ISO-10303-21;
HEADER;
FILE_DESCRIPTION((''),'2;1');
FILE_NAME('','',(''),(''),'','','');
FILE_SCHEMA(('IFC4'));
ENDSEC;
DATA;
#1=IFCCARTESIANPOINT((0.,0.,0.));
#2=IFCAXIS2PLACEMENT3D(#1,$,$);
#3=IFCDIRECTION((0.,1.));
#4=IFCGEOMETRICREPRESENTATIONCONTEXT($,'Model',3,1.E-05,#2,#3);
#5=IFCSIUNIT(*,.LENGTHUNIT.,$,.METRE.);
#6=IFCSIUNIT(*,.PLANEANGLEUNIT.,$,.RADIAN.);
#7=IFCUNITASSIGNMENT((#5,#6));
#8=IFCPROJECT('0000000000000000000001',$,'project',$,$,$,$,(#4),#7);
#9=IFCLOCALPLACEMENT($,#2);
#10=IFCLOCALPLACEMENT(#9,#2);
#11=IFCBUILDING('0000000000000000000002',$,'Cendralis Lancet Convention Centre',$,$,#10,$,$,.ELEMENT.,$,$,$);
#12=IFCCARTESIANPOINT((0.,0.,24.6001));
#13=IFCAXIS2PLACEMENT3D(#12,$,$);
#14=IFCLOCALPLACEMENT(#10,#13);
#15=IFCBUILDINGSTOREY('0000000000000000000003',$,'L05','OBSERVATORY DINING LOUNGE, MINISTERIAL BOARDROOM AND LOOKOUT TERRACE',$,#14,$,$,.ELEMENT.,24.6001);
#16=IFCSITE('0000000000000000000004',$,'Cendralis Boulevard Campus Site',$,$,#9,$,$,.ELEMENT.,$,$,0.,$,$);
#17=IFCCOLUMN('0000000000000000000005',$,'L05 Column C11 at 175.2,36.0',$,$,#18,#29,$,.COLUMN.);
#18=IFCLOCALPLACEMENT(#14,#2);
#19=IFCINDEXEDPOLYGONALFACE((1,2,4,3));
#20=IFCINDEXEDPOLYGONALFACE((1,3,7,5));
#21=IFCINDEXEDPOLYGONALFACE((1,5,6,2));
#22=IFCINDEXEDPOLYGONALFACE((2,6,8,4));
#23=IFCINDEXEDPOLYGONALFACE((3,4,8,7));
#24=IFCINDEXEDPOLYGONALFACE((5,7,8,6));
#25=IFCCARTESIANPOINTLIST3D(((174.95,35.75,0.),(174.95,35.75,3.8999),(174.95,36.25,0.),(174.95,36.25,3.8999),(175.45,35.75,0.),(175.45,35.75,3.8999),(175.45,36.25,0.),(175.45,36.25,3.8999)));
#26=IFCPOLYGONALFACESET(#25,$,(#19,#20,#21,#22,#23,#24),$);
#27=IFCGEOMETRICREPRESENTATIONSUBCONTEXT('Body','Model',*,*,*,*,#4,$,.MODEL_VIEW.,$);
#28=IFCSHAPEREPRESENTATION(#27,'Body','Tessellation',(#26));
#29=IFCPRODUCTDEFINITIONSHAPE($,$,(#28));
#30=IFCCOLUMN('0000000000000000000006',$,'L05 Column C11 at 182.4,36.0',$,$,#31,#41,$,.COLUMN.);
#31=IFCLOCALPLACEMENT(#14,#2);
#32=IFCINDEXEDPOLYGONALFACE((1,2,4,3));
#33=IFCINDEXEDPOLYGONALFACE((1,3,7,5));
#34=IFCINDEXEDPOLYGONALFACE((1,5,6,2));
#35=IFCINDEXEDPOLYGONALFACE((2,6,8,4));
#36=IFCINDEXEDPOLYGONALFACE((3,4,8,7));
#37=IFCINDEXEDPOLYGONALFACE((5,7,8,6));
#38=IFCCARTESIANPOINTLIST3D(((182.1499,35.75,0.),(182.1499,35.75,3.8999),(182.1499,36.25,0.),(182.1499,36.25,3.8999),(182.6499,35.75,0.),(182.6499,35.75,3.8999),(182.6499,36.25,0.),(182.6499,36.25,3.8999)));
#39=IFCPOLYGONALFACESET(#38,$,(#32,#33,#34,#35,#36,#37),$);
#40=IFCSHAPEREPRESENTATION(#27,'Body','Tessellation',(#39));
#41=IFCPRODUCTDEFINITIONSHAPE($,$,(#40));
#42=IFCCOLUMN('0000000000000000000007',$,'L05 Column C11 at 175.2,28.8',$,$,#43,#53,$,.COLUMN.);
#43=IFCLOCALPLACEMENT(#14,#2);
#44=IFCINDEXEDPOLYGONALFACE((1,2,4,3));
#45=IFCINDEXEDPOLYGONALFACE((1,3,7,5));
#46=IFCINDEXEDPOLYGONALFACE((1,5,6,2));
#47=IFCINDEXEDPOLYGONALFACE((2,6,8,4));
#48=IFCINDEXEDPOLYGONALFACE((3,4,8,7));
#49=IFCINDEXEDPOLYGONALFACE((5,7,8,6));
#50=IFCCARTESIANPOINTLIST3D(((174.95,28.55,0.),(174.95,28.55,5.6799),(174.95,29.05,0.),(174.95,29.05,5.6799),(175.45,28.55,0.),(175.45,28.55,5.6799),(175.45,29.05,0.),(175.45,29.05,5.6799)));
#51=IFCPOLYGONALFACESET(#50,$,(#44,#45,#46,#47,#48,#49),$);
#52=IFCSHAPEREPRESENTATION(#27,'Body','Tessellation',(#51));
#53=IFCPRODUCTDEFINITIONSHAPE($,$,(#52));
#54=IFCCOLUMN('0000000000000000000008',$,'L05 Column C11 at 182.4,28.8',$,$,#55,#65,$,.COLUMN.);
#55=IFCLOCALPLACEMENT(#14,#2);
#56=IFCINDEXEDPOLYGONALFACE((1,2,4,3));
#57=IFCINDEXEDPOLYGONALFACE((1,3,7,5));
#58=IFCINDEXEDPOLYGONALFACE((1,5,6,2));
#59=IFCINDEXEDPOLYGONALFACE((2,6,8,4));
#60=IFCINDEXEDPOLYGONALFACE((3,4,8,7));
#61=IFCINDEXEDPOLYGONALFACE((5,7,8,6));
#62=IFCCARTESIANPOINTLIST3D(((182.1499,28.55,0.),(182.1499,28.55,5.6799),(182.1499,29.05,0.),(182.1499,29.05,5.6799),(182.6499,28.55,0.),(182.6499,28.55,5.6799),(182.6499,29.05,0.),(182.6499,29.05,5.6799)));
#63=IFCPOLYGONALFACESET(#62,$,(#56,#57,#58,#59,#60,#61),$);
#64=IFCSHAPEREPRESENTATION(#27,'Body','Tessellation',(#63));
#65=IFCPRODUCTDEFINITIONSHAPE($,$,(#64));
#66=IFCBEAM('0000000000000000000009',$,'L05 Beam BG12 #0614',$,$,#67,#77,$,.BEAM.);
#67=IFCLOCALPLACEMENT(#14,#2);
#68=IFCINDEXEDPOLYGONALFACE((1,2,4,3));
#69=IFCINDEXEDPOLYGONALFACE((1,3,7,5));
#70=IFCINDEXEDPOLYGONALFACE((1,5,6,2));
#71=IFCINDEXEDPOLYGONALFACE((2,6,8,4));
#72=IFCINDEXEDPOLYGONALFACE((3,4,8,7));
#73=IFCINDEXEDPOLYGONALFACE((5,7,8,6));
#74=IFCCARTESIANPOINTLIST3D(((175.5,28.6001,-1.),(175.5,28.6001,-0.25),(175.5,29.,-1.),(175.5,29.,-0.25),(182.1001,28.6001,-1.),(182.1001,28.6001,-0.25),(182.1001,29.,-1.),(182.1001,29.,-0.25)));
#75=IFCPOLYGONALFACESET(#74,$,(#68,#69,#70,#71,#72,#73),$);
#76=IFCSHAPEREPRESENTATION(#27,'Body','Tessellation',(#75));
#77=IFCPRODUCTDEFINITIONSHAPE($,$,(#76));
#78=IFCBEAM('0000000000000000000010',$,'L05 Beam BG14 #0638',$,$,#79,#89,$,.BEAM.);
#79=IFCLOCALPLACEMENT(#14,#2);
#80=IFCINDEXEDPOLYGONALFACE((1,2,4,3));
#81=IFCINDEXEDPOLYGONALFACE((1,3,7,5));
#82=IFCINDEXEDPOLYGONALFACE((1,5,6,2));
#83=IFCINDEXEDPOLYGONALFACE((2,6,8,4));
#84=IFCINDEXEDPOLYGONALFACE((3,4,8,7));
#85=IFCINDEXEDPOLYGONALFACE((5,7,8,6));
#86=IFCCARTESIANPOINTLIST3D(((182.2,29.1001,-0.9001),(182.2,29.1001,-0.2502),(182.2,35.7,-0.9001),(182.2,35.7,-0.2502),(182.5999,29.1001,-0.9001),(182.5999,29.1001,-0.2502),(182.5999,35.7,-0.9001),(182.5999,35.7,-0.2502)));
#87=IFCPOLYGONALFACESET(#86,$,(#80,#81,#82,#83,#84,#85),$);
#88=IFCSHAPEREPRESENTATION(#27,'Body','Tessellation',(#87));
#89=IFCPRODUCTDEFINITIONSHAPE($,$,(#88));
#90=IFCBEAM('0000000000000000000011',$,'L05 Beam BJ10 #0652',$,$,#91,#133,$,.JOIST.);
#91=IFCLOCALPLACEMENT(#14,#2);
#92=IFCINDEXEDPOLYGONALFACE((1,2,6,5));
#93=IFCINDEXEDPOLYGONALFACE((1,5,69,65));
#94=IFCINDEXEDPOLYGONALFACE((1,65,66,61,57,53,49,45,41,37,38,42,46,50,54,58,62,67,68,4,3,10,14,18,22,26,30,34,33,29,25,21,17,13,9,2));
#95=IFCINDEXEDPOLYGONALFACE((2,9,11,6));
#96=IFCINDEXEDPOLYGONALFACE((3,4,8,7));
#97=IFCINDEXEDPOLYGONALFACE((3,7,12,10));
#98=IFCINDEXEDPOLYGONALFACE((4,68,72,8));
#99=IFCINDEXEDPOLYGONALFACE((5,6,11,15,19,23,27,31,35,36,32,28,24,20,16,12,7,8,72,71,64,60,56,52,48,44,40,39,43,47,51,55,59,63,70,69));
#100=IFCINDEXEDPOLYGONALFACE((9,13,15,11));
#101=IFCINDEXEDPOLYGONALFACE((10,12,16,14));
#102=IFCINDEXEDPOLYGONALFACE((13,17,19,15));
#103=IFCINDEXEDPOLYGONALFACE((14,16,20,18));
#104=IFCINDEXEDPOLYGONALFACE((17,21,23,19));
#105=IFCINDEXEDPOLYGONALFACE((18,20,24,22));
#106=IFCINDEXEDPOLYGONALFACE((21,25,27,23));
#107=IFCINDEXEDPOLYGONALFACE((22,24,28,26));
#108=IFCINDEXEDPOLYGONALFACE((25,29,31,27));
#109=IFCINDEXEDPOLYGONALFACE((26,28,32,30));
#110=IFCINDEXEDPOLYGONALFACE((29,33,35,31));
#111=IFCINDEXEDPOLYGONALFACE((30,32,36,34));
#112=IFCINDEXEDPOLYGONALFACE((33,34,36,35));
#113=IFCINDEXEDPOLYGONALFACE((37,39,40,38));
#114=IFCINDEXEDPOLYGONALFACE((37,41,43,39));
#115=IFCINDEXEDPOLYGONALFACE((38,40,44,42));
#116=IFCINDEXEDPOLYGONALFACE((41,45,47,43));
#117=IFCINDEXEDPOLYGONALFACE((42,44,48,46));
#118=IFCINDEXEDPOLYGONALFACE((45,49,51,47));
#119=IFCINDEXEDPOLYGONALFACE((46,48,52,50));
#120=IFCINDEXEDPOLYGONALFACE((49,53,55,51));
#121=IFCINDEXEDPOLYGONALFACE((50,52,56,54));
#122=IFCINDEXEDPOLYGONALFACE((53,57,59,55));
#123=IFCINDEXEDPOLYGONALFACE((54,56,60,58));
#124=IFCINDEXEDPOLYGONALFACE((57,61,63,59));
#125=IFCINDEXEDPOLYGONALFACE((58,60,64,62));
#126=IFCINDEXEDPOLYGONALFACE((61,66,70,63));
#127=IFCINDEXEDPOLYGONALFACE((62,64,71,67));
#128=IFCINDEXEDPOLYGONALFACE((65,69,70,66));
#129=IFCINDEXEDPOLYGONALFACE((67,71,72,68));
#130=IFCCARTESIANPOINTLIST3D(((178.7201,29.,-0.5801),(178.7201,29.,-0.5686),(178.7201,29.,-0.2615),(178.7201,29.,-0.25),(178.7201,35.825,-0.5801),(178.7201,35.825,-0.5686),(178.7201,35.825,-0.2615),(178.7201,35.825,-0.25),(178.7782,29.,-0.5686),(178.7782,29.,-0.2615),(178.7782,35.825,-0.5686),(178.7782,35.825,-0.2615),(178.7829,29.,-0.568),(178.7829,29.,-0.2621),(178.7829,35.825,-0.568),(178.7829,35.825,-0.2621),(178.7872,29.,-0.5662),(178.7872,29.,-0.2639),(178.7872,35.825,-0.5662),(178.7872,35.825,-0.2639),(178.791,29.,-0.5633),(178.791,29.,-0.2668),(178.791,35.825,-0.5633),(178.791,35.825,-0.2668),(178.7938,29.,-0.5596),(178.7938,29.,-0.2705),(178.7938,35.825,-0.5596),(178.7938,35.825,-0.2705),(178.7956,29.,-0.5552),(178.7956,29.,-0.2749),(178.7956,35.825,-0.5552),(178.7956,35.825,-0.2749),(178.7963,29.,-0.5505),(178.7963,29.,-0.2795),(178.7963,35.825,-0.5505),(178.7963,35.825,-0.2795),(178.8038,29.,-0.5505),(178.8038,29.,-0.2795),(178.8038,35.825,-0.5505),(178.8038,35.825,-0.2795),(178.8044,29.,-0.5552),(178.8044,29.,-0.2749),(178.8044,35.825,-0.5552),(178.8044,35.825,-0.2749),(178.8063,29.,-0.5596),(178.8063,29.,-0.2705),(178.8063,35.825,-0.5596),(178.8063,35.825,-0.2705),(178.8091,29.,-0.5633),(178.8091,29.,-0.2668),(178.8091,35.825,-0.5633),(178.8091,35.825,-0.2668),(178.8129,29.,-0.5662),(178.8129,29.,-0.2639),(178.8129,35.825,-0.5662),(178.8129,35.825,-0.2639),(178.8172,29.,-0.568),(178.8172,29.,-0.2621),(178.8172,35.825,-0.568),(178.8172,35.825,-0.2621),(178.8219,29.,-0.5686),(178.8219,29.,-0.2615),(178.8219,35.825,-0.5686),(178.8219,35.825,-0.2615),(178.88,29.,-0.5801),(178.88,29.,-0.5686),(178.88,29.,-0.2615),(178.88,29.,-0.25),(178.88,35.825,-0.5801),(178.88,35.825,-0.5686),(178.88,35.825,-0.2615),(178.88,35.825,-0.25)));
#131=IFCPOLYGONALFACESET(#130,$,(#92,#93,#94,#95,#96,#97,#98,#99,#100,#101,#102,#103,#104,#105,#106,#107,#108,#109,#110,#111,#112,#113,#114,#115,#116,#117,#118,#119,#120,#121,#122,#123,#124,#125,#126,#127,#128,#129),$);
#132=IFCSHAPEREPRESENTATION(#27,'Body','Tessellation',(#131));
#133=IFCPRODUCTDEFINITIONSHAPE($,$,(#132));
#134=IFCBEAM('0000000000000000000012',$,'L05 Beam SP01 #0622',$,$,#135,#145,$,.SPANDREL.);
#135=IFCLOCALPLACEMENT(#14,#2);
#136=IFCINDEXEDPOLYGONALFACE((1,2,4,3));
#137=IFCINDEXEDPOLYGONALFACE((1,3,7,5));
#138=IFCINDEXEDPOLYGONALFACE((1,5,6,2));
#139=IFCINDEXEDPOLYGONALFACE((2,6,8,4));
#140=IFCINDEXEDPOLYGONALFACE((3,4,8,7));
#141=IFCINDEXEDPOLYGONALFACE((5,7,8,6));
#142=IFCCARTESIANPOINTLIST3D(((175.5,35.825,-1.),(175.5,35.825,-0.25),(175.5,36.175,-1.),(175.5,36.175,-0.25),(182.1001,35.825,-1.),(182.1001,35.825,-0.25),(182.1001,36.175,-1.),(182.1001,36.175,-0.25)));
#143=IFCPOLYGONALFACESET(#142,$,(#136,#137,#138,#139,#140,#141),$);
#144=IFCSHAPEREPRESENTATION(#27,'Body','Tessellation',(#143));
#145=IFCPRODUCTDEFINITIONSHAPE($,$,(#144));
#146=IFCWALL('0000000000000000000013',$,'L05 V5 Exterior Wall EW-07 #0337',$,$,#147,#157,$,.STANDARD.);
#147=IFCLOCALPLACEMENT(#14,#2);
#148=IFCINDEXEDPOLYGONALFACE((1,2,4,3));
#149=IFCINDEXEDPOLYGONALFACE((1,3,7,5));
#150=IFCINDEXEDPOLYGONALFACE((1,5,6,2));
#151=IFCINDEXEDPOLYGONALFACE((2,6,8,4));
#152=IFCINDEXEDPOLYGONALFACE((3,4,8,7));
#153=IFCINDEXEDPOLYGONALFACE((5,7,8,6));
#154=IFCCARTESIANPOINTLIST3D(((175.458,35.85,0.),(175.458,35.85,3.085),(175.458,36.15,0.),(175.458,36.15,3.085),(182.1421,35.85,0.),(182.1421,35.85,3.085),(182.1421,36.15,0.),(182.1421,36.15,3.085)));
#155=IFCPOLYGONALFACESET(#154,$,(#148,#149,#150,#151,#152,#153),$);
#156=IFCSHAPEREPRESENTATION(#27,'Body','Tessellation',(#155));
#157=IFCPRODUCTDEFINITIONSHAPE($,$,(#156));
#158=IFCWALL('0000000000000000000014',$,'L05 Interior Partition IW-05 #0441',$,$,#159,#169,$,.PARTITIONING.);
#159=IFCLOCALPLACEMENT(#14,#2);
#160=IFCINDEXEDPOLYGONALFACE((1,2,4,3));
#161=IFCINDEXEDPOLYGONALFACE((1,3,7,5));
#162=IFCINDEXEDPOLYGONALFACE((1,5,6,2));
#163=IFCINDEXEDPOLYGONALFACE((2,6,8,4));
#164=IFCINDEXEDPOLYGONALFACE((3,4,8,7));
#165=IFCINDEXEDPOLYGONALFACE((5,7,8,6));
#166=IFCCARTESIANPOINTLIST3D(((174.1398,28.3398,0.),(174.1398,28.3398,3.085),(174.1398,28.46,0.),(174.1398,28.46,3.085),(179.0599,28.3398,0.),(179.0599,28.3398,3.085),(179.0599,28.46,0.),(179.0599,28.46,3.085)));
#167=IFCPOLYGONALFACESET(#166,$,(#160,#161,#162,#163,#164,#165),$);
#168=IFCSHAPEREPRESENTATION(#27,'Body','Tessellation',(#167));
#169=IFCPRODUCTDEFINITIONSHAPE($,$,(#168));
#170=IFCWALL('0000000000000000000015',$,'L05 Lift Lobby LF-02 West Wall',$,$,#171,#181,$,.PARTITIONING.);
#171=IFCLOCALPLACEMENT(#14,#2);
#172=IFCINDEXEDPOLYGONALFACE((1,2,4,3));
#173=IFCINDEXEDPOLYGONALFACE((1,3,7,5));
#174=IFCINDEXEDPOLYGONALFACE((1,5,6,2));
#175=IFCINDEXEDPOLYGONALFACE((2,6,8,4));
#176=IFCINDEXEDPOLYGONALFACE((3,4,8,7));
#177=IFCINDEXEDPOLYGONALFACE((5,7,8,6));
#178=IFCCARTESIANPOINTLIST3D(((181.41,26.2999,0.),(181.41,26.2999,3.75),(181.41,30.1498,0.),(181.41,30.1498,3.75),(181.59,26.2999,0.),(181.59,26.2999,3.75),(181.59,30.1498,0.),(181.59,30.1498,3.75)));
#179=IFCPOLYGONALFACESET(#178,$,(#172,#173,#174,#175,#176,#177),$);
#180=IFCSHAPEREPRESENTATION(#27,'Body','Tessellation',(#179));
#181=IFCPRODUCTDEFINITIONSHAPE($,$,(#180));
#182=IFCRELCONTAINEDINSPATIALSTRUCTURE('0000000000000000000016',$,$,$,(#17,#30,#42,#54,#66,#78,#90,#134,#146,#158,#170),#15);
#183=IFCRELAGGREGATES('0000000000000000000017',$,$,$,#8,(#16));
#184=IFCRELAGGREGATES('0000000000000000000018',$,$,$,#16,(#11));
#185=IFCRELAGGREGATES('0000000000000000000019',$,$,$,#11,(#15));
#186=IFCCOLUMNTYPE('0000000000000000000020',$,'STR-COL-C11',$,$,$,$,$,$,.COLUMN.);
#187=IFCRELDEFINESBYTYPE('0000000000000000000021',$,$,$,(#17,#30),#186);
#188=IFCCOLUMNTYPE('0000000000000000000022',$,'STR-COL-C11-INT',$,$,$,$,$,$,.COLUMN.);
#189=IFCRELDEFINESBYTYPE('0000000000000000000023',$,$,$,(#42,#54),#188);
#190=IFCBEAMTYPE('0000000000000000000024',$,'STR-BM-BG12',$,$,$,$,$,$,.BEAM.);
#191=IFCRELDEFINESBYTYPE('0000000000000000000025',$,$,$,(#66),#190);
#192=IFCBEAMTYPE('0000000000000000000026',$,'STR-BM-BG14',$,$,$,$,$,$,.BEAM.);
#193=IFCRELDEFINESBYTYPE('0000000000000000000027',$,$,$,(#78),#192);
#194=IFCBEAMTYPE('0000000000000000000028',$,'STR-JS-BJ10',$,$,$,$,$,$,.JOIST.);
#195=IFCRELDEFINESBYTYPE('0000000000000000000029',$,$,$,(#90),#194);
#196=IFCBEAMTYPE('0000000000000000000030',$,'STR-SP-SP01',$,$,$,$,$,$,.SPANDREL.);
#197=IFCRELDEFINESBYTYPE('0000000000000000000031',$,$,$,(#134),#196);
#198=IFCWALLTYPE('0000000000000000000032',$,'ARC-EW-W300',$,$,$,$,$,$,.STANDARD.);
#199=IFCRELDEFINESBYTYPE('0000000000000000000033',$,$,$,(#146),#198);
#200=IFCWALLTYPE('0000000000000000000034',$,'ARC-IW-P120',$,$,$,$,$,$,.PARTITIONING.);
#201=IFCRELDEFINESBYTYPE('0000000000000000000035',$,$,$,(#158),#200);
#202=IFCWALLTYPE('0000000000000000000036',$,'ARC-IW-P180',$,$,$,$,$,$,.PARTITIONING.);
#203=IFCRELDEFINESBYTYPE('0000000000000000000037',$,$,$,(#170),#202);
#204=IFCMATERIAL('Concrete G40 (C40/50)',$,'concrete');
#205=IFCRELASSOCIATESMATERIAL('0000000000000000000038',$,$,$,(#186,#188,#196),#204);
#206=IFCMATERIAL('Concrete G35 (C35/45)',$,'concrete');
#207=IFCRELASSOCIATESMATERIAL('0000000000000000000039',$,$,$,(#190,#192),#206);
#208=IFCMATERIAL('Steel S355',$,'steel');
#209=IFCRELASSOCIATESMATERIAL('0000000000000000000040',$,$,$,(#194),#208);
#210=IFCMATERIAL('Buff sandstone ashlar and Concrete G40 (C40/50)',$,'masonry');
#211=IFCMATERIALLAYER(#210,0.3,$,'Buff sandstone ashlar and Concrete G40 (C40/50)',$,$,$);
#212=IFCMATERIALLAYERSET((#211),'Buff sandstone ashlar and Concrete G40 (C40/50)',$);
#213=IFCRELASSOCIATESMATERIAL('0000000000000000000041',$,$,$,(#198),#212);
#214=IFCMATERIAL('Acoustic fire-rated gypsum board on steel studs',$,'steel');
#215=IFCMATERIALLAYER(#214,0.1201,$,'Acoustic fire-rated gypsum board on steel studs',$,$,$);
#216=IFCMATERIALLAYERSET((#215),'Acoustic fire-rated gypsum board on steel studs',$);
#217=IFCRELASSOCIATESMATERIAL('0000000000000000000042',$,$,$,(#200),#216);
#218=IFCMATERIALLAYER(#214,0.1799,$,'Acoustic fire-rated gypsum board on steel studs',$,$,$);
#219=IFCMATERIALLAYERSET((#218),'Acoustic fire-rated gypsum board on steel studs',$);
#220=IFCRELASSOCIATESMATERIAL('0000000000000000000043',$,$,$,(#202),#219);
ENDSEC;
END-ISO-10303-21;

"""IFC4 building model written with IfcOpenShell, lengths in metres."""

from ifc_helpers import new_model, si_unit, direction, frame, frame_2d, origin, origin_2d, place, context, subcontext, project, spatial, rectangle, i_section, extrude, material, layer, layer_set, material_profile, profile_set, type_object, element, save


model = new_model("IFC4")

# Units and contexts
model_context = context("Model", 3, precision=1e-05, world=origin(), true_north=direction((0.0, 1.0)))
body_context = subcontext(model_context, "Body", "Model", "MODEL_VIEW")
ifc_project = project(units=[si_unit("LENGTHUNIT", "METRE"), si_unit("PLANEANGLEUNIT", "RADIAN")], contexts=[model_context])

# Site, building, storey
site_placement = place(None, origin())
site = spatial("IfcSite", under=ifc_project, at=site_placement, Name="Cendralis Boulevard Campus Site", CompositionType="ELEMENT", RefElevation=0.0)
building_placement = place(site_placement, origin())
building = spatial("IfcBuilding", under=site, at=building_placement, Name="Cendralis Lancet Convention Centre", CompositionType="ELEMENT")
storey_placement = place(building_placement, frame((0.0, 0.0, 24.6001)))
storey = spatial("IfcBuildingStorey", under=building, at=storey_placement, Name="L05", Description="OBSERVATORY DINING LOUNGE, MINISTERIAL BOARDROOM AND LOOKOUT TERRACE", CompositionType="ELEMENT", Elevation=24.6001)

# Columns
ifc_material_1 = material(Name="Concrete G40 (C40/50)", Category="concrete")
ifc_material_profile_1 = material_profile(ifc_material_1, rectangle(XDim=0.5, YDim=0.5, at=origin_2d()), Name="RC 500x500")
ifc_profile_set_1 = profile_set([ifc_material_profile_1], Name="Concrete G40 (C40/50)")
column_type_1 = type_object("IfcColumnType", Name="STR-COL-C11", PredefinedType="COLUMN", material=ifc_profile_set_1)
for number, where, z_axis, x_axis, name in (
    (1, (175.2, 36.0, 0.0), (0.0, 0.0, 1.0), (1.0, 0.0, 0.0), "L05 Column C11 at 175.2,36.0"),
    (2, (182.3999, 36.0, 0.0), (0.0, 0.0, 1.0), (1.0, 0.0, 0.0), "L05 Column C11 at 182.4,36.0"),
):
    element("IfcColumn", number, at=place(storey_placement, frame(where, z_axis=z_axis, x_axis=x_axis)), inside=storey, type_object=column_type_1, Name=name, PredefinedType="COLUMN", context=body_context, shape_type="SweptSolid", body=[
        extrude(rectangle(XDim=0.5, YDim=0.5, at=origin_2d()), origin(), (0.0, 0.0, 1.0), 3.8999),
    ])
ifc_material_profile_2 = material_profile(ifc_material_1, rectangle(XDim=0.5, YDim=0.5, at=origin_2d()), Name="RC 500x500")
ifc_profile_set_2 = profile_set([ifc_material_profile_2], Name="Concrete G40 (C40/50)")
column_type_2 = type_object("IfcColumnType", Name="STR-COL-C11-INT", PredefinedType="COLUMN", material=ifc_profile_set_2)
for number, where, z_axis, x_axis, name in (
    (3, (175.2, 28.8, 0.0), (0.0, 0.0, 1.0), (1.0, 0.0, 0.0), "L05 Column C11 at 175.2,28.8"),
    (4, (182.3999, 28.8, 0.0), (0.0, 0.0, 1.0), (1.0, 0.0, 0.0), "L05 Column C11 at 182.4,28.8"),
):
    element("IfcColumn", number, at=place(storey_placement, frame(where, z_axis=z_axis, x_axis=x_axis)), inside=storey, type_object=column_type_2, Name=name, PredefinedType="COLUMN", context=body_context, shape_type="SweptSolid", body=[
        extrude(rectangle(XDim=0.5, YDim=0.5, at=origin_2d()), origin(), (0.0, 0.0, 1.0), 5.6799),
    ])

# Beams
ifc_material_2 = material(Name="Concrete G35 (C35/45)", Category="concrete")
ifc_material_profile_3 = material_profile(ifc_material_2, rectangle(XDim=0.3999, YDim=0.75, at=origin_2d()), Name="RCB 400x750")
ifc_profile_set_3 = profile_set([ifc_material_profile_3], Name="Concrete G35 (C35/45)")
beam_type_1 = type_object("IfcBeamType", Name="STR-BM-BG12", PredefinedType="BEAM", material=ifc_profile_set_3)
beam_1_placement = place(storey_placement, frame((175.5, 28.8, -0.625), z_axis=(1.0, 0.0, 0.0), x_axis=(0.0, 1.0, 0.0)))
element("IfcBeam", 5, at=beam_1_placement, inside=storey, type_object=beam_type_1, Name="L05 Beam BG12 #0614", PredefinedType="BEAM", context=body_context, shape_type="SweptSolid", body=[
    extrude(rectangle(XDim=0.3999, YDim=0.75, at=origin_2d()), origin(), (0.0, 0.0, 1.0), 6.6001),
])
ifc_material_profile_4 = material_profile(ifc_material_2, rectangle(XDim=0.3999, YDim=0.6499, at=origin_2d()), Name="RCB 400x650")
ifc_profile_set_4 = profile_set([ifc_material_profile_4], Name="Concrete G35 (C35/45)")
beam_type_2 = type_object("IfcBeamType", Name="STR-BM-BG14", PredefinedType="BEAM", material=ifc_profile_set_4)
beam_2_placement = place(storey_placement, frame((182.3999, 29.1001, -0.5752), z_axis=(0.0, 1.0, 0.0), x_axis=(-1.0, 0.0, 0.0)))
element("IfcBeam", 6, at=beam_2_placement, inside=storey, type_object=beam_type_2, Name="L05 Beam BG14 #0638", PredefinedType="BEAM", context=body_context, shape_type="SweptSolid", body=[
    extrude(rectangle(XDim=0.3999, YDim=0.6499, at=origin_2d()), origin(), (0.0, 0.0, 1.0), 6.5999),
])
ifc_material_3 = material(Name="Steel S355", Category="steel")
ifc_material_profile_5 = material_profile(ifc_material_3, i_section(OverallWidth=0.1599, OverallDepth=0.3301, WebThickness=0.0076, FlangeThickness=0.0115, FilletRadius=0.0181, at=origin_2d()), Name="IPE 330")
ifc_profile_set_5 = profile_set([ifc_material_profile_5], Name="Steel S355")
beam_type_3 = type_object("IfcBeamType", Name="STR-JS-BJ10", PredefinedType="JOIST", material=ifc_profile_set_5)
beam_3_placement = place(storey_placement, frame((178.8, 29.0, -0.415), z_axis=(0.0, 1.0, 0.0), x_axis=(-1.0, 0.0, 0.0)))
element("IfcBeam", 7, at=beam_3_placement, inside=storey, type_object=beam_type_3, Name="L05 Beam BJ10 #0652", PredefinedType="JOIST", context=body_context, shape_type="SweptSolid", body=[
    extrude(i_section(OverallWidth=0.1599, OverallDepth=0.3301, WebThickness=0.0076, FlangeThickness=0.0115, FilletRadius=0.0181, at=origin_2d()), origin(), (0.0, 0.0, 1.0), 6.825),
])
ifc_material_profile_6 = material_profile(ifc_material_1, rectangle(XDim=0.3501, YDim=0.75, at=origin_2d()), Name="RCB 350x750")
ifc_profile_set_6 = profile_set([ifc_material_profile_6], Name="Concrete G40 (C40/50)")
beam_type_4 = type_object("IfcBeamType", Name="STR-SP-SP01", PredefinedType="SPANDREL", material=ifc_profile_set_6)
beam_4_placement = place(storey_placement, frame((175.5, 36.0, -0.625), z_axis=(1.0, 0.0, 0.0), x_axis=(0.0, 1.0, 0.0)))
element("IfcBeam", 8, at=beam_4_placement, inside=storey, type_object=beam_type_4, Name="L05 Beam SP01 #0622", PredefinedType="SPANDREL", context=body_context, shape_type="SweptSolid", body=[
    extrude(rectangle(XDim=0.3501, YDim=0.75, at=origin_2d()), origin(), (0.0, 0.0, 1.0), 6.6001),
])

# Walls
ifc_material_4 = material(Name="Buff sandstone ashlar and Concrete G40 (C40/50)", Category="masonry")
ifc_layer_1 = layer(ifc_material_4, 0.3, Name="Buff sandstone ashlar and Concrete G40 (C40/50)")
ifc_layer_set_1 = layer_set([ifc_layer_1], Name="Buff sandstone ashlar and Concrete G40 (C40/50)")
wall_type_1 = type_object("IfcWallType", Name="ARC-EW-W300", PredefinedType="STANDARD", material=ifc_layer_set_1)
wall_1_placement = place(storey_placement, frame((175.458, 36.0, 0.0), z_axis=(0.0, 0.0, 1.0), x_axis=(1.0, 0.0, 0.0)))
element("IfcWall", 9, at=wall_1_placement, inside=storey, type_object=wall_type_1, Name="L05 V5 Exterior Wall EW-07 #0337", PredefinedType="STANDARD", context=body_context, shape_type="SweptSolid", body=[
    extrude(rectangle(XDim=6.6841, YDim=0.3, at=frame_2d((3.342, 0.0))), origin(), (0.0, 0.0, 1.0), 3.085),
])
ifc_material_5 = material(Name="Acoustic fire-rated gypsum board on steel studs", Category="steel")
ifc_layer_2 = layer(ifc_material_5, 0.1201, Name="Acoustic fire-rated gypsum board on steel studs")
ifc_layer_set_2 = layer_set([ifc_layer_2], Name="Acoustic fire-rated gypsum board on steel studs")
wall_type_2 = type_object("IfcWallType", Name="ARC-IW-P120", PredefinedType="PARTITIONING", material=ifc_layer_set_2)
wall_2_placement = place(storey_placement, frame((174.1399, 28.3999, 0.0), z_axis=(0.0, 0.0, 1.0), x_axis=(1.0, 0.0, 0.0)))
element("IfcWall", 10, at=wall_2_placement, inside=storey, type_object=wall_type_2, Name="L05 Interior Partition IW-05 #0441", PredefinedType="PARTITIONING", context=body_context, shape_type="SweptSolid", body=[
    extrude(rectangle(XDim=4.9202, YDim=0.1201, at=frame_2d((2.46, 0.0))), origin(), (0.0, 0.0, 1.0), 3.085),
])
ifc_layer_3 = layer(ifc_material_5, 0.1799, Name="Acoustic fire-rated gypsum board on steel studs")
ifc_layer_set_3 = layer_set([ifc_layer_3], Name="Acoustic fire-rated gypsum board on steel studs")
wall_type_3 = type_object("IfcWallType", Name="ARC-IW-P180", PredefinedType="PARTITIONING", material=ifc_layer_set_3)
wall_3_placement = place(storey_placement, frame((181.5, 26.3, 0.0), z_axis=(0.0, 0.0, 1.0), x_axis=(0.0, 1.0, 0.0)))
element("IfcWall", 11, at=wall_3_placement, inside=storey, type_object=wall_type_3, Name="L05 Lift Lobby LF-02 West Wall", PredefinedType="PARTITIONING", context=body_context, shape_type="SweptSolid", body=[
    extrude(rectangle(XDim=3.8499, YDim=0.1799, at=frame_2d((1.9248, 0.0))), origin(), (0.0, 0.0, 1.0), 3.75),
])

save(model, "model.ifc")
